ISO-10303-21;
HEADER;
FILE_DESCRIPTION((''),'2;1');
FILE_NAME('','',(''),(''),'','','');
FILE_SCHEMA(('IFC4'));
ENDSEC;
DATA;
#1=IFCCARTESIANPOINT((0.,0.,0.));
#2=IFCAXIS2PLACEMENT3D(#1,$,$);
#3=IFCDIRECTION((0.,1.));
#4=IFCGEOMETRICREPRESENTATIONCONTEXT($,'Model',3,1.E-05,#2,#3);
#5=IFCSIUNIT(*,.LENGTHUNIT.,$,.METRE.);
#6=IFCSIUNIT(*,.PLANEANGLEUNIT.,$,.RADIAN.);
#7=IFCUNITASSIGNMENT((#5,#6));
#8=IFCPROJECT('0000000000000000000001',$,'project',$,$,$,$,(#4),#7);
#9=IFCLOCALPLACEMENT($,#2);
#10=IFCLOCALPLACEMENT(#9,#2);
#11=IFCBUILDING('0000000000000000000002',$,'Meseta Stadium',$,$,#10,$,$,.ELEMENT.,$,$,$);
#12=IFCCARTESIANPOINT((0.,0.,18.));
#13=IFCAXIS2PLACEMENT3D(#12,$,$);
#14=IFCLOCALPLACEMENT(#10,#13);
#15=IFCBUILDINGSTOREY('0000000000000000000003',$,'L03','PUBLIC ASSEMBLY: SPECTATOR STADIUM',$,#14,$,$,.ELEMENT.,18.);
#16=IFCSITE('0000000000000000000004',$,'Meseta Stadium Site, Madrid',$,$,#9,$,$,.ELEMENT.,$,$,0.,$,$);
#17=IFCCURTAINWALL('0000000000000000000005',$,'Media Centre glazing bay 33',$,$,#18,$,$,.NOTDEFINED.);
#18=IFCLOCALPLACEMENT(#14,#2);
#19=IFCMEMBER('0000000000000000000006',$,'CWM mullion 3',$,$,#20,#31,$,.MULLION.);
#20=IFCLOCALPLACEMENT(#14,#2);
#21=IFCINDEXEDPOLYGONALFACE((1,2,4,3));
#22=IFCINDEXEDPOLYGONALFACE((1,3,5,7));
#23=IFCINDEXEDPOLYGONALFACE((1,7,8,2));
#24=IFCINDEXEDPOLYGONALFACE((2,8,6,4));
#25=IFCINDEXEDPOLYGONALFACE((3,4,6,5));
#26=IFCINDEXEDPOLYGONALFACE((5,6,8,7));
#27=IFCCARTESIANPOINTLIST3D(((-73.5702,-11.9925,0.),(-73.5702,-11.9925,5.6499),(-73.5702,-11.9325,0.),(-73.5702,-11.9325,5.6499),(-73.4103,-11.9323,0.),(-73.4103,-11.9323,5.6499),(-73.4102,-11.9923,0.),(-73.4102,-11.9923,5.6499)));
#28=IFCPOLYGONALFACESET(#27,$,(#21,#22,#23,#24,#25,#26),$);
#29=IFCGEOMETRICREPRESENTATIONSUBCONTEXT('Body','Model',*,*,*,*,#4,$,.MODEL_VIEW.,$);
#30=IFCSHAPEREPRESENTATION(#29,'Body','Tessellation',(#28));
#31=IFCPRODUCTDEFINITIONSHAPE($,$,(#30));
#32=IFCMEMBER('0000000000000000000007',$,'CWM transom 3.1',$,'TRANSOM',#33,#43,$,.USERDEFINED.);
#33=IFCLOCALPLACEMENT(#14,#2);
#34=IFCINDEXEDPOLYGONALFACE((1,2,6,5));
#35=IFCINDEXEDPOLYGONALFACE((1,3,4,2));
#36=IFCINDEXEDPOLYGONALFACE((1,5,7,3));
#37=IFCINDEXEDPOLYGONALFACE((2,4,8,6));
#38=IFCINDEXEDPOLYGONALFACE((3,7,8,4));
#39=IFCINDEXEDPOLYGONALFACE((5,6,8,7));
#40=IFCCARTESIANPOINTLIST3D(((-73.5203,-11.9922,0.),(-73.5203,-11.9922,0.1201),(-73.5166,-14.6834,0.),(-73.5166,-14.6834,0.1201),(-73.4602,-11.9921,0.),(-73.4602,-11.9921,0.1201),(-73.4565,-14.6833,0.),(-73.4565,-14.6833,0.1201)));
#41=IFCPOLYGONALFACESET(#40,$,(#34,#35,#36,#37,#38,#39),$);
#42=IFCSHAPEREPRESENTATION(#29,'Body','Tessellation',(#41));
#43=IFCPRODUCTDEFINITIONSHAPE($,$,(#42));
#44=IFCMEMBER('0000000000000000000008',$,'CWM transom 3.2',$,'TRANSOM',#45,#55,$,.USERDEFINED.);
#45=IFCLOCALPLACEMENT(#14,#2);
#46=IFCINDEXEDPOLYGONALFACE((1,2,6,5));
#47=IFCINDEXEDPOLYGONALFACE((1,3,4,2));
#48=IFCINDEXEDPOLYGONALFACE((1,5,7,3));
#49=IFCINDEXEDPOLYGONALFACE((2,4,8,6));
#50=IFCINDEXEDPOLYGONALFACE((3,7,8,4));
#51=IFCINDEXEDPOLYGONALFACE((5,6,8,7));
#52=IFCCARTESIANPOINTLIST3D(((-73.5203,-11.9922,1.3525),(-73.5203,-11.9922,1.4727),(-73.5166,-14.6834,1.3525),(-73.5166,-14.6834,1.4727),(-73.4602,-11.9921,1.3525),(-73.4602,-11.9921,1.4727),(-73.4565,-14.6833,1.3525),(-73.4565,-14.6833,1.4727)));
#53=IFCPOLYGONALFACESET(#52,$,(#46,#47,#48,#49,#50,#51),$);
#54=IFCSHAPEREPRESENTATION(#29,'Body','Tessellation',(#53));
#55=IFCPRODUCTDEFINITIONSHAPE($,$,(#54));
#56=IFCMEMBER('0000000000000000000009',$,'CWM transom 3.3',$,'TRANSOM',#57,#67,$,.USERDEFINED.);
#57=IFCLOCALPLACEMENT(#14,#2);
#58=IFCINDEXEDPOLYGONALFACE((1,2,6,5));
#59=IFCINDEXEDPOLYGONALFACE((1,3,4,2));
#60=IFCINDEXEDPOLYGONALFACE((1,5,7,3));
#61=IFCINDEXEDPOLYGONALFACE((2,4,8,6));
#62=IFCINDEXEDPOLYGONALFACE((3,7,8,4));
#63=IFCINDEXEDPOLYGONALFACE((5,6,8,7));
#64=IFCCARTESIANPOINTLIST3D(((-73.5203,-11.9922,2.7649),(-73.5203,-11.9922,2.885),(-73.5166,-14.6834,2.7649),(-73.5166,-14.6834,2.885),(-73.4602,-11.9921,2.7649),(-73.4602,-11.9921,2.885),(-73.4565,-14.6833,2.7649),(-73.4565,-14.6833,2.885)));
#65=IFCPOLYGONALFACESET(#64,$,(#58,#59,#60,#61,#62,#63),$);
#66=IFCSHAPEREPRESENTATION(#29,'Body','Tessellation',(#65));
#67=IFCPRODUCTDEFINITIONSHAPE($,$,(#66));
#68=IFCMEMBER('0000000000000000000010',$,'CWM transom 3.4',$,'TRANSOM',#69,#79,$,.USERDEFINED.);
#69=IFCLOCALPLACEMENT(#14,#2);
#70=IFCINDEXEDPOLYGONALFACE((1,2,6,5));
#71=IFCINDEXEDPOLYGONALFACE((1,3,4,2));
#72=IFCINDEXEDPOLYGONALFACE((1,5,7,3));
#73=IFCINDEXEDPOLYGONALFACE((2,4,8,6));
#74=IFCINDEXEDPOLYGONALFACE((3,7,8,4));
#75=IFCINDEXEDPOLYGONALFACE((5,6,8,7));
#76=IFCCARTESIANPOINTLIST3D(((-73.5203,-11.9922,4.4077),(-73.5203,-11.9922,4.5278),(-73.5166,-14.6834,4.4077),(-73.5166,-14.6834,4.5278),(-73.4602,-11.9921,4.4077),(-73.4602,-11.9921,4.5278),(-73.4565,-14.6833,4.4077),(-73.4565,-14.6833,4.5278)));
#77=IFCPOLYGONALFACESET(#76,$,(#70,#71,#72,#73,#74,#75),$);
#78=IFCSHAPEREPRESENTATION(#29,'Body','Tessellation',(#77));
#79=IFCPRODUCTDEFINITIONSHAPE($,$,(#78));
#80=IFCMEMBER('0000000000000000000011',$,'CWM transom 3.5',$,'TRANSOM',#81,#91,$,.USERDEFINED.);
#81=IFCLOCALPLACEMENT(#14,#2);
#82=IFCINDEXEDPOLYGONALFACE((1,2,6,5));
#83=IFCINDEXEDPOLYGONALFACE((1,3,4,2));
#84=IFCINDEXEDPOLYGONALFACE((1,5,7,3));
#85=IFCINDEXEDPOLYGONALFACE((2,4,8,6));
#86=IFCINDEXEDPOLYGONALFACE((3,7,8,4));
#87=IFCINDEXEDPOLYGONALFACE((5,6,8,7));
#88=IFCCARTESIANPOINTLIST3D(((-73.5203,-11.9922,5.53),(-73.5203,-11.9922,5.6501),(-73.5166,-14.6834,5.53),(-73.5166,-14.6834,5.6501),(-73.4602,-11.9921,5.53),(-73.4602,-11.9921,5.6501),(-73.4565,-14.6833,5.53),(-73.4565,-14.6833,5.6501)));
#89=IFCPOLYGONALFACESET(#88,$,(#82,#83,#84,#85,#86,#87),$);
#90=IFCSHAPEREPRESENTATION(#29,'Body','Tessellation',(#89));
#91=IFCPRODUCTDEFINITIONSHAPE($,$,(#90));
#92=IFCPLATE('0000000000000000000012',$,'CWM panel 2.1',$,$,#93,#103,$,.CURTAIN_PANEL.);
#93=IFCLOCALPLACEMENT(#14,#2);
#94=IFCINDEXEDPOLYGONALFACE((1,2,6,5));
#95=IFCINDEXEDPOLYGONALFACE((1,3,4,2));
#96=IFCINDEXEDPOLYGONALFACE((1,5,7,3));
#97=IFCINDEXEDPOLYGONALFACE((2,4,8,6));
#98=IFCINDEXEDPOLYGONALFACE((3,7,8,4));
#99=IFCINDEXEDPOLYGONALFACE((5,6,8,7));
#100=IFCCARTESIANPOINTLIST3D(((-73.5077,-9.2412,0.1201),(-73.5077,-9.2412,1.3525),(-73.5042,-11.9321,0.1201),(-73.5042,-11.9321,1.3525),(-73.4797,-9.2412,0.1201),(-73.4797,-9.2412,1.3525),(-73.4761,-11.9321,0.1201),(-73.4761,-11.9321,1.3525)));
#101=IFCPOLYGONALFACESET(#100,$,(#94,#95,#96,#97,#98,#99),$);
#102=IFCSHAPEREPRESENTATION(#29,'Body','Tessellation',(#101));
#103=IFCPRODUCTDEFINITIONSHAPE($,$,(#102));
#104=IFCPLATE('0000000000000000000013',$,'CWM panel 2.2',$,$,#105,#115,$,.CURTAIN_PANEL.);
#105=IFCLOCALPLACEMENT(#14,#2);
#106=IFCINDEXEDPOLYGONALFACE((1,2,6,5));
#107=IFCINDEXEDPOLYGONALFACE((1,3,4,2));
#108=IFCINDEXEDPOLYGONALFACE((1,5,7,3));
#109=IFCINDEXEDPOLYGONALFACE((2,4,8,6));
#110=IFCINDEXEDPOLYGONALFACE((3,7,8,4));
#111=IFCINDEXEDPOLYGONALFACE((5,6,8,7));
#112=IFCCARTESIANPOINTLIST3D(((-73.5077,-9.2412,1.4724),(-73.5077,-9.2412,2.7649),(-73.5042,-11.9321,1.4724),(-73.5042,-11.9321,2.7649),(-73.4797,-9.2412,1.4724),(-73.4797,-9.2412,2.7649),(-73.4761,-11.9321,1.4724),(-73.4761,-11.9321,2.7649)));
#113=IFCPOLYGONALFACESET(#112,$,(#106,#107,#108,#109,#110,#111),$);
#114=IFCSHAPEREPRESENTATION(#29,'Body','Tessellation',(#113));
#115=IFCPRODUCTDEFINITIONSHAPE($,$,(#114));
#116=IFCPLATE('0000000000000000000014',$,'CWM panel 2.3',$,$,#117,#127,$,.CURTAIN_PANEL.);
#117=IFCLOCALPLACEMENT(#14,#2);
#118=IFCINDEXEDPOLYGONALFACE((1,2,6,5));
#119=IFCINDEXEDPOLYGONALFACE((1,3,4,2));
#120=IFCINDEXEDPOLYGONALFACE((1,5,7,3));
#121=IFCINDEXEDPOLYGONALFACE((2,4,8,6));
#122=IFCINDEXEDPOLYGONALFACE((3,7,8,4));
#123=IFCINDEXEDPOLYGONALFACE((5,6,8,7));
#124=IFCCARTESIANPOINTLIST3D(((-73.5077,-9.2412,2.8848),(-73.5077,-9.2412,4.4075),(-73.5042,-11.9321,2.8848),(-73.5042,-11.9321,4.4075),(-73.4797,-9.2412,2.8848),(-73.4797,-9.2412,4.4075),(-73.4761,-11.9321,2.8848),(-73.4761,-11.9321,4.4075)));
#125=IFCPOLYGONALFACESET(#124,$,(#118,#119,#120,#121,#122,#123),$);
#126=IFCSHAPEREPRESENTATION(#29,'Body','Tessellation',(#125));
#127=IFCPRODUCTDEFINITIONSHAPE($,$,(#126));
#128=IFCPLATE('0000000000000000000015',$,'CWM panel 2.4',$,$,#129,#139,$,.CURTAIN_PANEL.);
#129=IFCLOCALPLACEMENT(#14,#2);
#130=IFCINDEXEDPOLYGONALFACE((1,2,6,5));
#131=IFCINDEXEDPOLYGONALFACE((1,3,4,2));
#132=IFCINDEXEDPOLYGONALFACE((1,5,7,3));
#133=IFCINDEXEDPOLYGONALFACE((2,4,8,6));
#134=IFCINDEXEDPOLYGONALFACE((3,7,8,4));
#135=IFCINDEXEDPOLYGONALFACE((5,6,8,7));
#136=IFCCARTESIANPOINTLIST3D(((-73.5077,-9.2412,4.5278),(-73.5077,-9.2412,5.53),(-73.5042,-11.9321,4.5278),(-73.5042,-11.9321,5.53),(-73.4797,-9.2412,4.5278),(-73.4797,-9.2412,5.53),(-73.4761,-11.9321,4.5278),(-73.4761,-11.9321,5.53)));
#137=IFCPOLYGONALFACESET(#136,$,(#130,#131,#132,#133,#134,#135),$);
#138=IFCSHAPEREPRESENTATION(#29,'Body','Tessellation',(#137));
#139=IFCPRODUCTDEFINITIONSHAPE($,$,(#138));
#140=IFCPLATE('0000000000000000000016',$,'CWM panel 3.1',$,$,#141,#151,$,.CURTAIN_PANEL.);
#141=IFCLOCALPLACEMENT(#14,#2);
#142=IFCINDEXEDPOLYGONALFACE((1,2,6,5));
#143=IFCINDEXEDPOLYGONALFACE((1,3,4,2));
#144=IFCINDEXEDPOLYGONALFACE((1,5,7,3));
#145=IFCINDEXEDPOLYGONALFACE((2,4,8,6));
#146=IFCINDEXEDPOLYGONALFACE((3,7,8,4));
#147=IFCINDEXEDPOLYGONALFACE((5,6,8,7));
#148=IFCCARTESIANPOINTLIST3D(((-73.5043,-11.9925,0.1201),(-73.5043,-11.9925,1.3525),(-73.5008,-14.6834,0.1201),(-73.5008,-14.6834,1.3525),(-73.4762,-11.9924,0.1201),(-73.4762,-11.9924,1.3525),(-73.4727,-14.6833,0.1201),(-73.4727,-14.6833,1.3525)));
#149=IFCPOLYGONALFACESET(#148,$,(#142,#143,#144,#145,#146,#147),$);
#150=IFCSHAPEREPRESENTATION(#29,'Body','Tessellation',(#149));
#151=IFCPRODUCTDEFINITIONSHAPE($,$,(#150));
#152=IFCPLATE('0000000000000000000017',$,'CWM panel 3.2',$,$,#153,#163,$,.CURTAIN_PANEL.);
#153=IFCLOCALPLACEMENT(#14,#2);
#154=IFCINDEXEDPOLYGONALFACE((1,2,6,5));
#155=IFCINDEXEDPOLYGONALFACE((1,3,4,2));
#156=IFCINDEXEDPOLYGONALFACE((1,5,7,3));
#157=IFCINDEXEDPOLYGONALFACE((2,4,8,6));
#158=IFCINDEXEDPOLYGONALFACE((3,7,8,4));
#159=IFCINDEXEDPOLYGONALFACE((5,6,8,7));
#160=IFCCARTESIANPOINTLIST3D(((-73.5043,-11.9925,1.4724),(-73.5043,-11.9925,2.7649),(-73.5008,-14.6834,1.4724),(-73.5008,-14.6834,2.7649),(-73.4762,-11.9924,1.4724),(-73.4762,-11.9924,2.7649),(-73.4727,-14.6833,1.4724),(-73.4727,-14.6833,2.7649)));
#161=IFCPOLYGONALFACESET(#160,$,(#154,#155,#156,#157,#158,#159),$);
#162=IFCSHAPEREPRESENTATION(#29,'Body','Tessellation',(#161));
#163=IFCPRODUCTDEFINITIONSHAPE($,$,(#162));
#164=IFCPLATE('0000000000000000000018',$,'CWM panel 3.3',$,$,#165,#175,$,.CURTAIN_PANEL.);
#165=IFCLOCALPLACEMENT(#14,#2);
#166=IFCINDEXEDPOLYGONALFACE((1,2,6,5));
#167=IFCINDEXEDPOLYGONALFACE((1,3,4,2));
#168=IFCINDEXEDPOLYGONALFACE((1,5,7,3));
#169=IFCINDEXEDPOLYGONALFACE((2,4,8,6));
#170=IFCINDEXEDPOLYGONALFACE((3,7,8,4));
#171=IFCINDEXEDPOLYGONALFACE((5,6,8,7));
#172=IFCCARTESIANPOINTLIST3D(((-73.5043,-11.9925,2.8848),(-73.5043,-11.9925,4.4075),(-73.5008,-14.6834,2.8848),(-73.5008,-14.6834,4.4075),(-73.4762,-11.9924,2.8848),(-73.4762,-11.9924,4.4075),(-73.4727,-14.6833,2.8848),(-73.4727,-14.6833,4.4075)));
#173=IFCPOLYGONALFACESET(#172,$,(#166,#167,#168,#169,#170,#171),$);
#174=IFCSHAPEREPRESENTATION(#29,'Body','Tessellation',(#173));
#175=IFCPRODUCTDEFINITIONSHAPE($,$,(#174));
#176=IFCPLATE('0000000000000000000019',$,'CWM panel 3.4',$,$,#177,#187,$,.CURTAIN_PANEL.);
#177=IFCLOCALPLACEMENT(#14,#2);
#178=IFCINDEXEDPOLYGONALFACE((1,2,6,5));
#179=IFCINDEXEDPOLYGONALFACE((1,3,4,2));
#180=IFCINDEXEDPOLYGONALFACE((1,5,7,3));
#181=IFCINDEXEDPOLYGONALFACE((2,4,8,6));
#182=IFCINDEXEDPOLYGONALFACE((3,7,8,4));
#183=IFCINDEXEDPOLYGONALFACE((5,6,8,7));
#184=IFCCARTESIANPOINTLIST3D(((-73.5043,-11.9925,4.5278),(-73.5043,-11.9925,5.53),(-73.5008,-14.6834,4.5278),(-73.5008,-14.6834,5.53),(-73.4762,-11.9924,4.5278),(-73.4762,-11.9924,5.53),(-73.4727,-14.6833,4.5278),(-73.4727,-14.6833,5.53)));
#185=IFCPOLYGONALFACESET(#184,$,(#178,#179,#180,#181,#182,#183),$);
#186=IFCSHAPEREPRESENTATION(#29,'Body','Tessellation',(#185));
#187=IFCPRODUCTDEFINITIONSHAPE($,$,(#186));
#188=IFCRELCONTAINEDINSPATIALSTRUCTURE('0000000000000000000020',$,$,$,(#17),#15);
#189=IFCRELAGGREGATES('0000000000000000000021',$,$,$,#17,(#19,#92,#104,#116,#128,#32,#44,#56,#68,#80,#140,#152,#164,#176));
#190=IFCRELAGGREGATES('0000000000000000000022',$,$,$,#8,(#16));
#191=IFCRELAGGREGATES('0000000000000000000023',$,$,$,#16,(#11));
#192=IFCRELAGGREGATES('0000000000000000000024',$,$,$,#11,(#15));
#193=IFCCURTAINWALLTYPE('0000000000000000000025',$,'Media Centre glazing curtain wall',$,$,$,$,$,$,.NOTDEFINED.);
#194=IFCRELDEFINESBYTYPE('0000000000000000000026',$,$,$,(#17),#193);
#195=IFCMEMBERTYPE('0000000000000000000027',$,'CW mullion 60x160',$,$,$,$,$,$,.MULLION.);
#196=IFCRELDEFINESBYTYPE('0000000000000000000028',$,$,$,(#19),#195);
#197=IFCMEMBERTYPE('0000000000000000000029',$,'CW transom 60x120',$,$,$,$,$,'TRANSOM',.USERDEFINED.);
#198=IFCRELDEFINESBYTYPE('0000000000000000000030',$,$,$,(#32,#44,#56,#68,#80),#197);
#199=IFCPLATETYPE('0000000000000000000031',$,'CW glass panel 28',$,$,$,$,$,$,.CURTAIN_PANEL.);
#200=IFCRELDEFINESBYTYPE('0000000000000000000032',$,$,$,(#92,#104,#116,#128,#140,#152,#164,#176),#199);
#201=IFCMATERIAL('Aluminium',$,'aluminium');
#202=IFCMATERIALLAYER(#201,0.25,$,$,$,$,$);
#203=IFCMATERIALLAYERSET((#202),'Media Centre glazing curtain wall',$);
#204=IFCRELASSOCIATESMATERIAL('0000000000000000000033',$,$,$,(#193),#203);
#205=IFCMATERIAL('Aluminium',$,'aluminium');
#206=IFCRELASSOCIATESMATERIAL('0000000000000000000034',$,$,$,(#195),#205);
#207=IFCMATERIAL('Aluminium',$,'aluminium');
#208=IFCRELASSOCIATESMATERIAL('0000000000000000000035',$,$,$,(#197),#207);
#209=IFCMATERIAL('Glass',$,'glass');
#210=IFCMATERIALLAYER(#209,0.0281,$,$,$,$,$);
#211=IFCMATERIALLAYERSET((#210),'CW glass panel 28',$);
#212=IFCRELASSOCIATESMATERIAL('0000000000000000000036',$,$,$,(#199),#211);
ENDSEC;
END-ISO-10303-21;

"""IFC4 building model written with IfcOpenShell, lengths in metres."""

from ifc_helpers import new_model, si_unit, direction, frame, origin, origin_2d, place, context, subcontext, project, spatial, rectangle, extrude, material, layer, layer_set, material_profile, profile_set, type_object, element, aggregate, save


model = new_model("IFC4")

# Units and contexts
model_context = context("Model", 3, precision=1e-05, world=origin(), true_north=direction((0.0, 1.0)))
body_context = subcontext(model_context, "Body", "Model", "MODEL_VIEW")
ifc_project = project(units=[si_unit("LENGTHUNIT", "METRE"), si_unit("PLANEANGLEUNIT", "RADIAN")], contexts=[model_context])

# Site, building, storey
site_placement = place(None, origin())
site = spatial("IfcSite", under=ifc_project, at=site_placement, Name="Meseta Stadium Site, Madrid", CompositionType="ELEMENT", RefElevation=0.0)
building_placement = place(site_placement, origin())
building = spatial("IfcBuilding", under=site, at=building_placement, Name="Meseta Stadium", CompositionType="ELEMENT")
storey_placement = place(building_placement, frame((0.0, 0.0, 18.0)))
storey = spatial("IfcBuildingStorey", under=building, at=storey_placement, Name="L03", Description="PUBLIC ASSEMBLY: SPECTATOR STADIUM", CompositionType="ELEMENT", Elevation=18.0)

# Curtain wall, members, plates
ifc_material_1 = material(Name="Aluminium", Category="aluminium")
ifc_layer_1 = layer(ifc_material_1, 0.25)
ifc_layer_set_1 = layer_set([ifc_layer_1], Name="Media Centre glazing curtain wall")
curtain_wall_type = type_object("IfcCurtainWallType", Name="Media Centre glazing curtain wall", PredefinedType="NOTDEFINED", material=ifc_layer_set_1)
curtain_wall_placement = place(storey_placement, origin())
curtain_wall = element("IfcCurtainWall", 1, at=curtain_wall_placement, inside=storey, type_object=curtain_wall_type, Name="Media Centre glazing bay 33", PredefinedType="NOTDEFINED")
ifc_material_2 = material(Name="Aluminium", Category="aluminium")
ifc_material_profile_1 = material_profile(ifc_material_2, rectangle(XDim=0.1599, YDim=0.0601, at=origin_2d()), Name="CW 160x60")
ifc_profile_set_1 = profile_set([ifc_material_profile_1], Name="Aluminium")
member_type_1 = type_object("IfcMemberType", Name="CW mullion 60x160", PredefinedType="MULLION", material=ifc_profile_set_1)
member_1_placement = place(storey_placement, frame((-73.4902, -11.9624, 0.0), z_axis=(0.0, 0.0, 1.0), x_axis=(0.999999, 0.001305, 0.0)))
member_1 = element("IfcMember", 2, at=member_1_placement, type_object=member_type_1, Name="CWM mullion 3", PredefinedType="MULLION", context=body_context, shape_type="SweptSolid", body=[
    extrude(rectangle(XDim=0.1599, YDim=0.0601, at=origin_2d()), origin(), (0.0, 0.0, 1.0), 5.6499),
])
ifc_material_3 = material(Name="Aluminium", Category="aluminium")
ifc_material_profile_2 = material_profile(ifc_material_3, rectangle(XDim=0.0601, YDim=0.1201, at=origin_2d()), Name="CW 60x120")
ifc_profile_set_2 = profile_set([ifc_material_profile_2], Name="Aluminium")
member_type_2 = type_object("IfcMemberType", Name="CW transom 60x120", ElementType="TRANSOM", PredefinedType="USERDEFINED", material=ifc_profile_set_2)
member_2_placement = place(storey_placement, frame((-73.4902, -11.9922, 0.0601), z_axis=(0.001361, -0.999999, 0.0), x_axis=(0.999999, 0.001361, 0.0)))
member_2 = element("IfcMember", 3, at=member_2_placement, type_object=member_type_2, Name="CWM transom 3.1", ObjectType="TRANSOM", PredefinedType="USERDEFINED", context=body_context, shape_type="SweptSolid", body=[
    extrude(rectangle(XDim=0.0601, YDim=0.1201, at=origin_2d()), origin(), (0.0, 0.0, 1.0), 2.6912),
])
member_3_placement = place(storey_placement, frame((-73.4902, -11.9922, 1.4126), z_axis=(0.001361, -0.999999, 0.0), x_axis=(0.999999, 0.001361, 0.0)))
member_3 = element("IfcMember", 4, at=member_3_placement, type_object=member_type_2, Name="CWM transom 3.2", ObjectType="TRANSOM", PredefinedType="USERDEFINED", context=body_context, shape_type="SweptSolid", body=[
    extrude(rectangle(XDim=0.0601, YDim=0.1201, at=origin_2d()), origin(), (0.0, 0.0, 1.0), 2.6912),
])
member_4_placement = place(storey_placement, frame((-73.4902, -11.9922, 2.825), z_axis=(0.001361, -0.999999, 0.0), x_axis=(0.999999, 0.001361, 0.0)))
member_4 = element("IfcMember", 5, at=member_4_placement, type_object=member_type_2, Name="CWM transom 3.3", ObjectType="TRANSOM", PredefinedType="USERDEFINED", context=body_context, shape_type="SweptSolid", body=[
    extrude(rectangle(XDim=0.0601, YDim=0.1201, at=origin_2d()), origin(), (0.0, 0.0, 1.0), 2.6912),
])
member_5_placement = place(storey_placement, frame((-73.4902, -11.9922, 4.4678), z_axis=(0.001361, -0.999999, 0.0), x_axis=(0.999999, 0.001361, 0.0)))
member_5 = element("IfcMember", 6, at=member_5_placement, type_object=member_type_2, Name="CWM transom 3.4", ObjectType="TRANSOM", PredefinedType="USERDEFINED", context=body_context, shape_type="SweptSolid", body=[
    extrude(rectangle(XDim=0.0601, YDim=0.1201, at=origin_2d()), origin(), (0.0, 0.0, 1.0), 2.6912),
])
member_6_placement = place(storey_placement, frame((-73.4902, -11.9922, 5.5901), z_axis=(0.001361, -0.999999, 0.0), x_axis=(0.999999, 0.001361, 0.0)))
member_6 = element("IfcMember", 7, at=member_6_placement, type_object=member_type_2, Name="CWM transom 3.5", ObjectType="TRANSOM", PredefinedType="USERDEFINED", context=body_context, shape_type="SweptSolid", body=[
    extrude(rectangle(XDim=0.0601, YDim=0.1201, at=origin_2d()), origin(), (0.0, 0.0, 1.0), 2.6912),
])
ifc_material_4 = material(Name="Glass", Category="glass")
ifc_layer_2 = layer(ifc_material_4, 0.0281)
ifc_layer_set_2 = layer_set([ifc_layer_2], Name="CW glass panel 28")
plate_type = type_object("IfcPlateType", Name="CW glass panel 28", PredefinedType="CURTAIN_PANEL", material=ifc_layer_set_2)
plate_1_placement = place(storey_placement, frame((-73.4919, -10.5867, 0.1201), z_axis=(0.0, 0.0, 1.0), x_axis=(0.001305, -0.999999, 0.0)))
plate_1 = element("IfcPlate", 8, at=plate_1_placement, type_object=plate_type, Name="CWM panel 2.1", PredefinedType="CURTAIN_PANEL", context=body_context, shape_type="SweptSolid", body=[
    extrude(rectangle(XDim=2.6909, YDim=0.0281, at=origin_2d()), origin(), (0.0, 0.0, 1.0), 1.2324),
])
plate_2_placement = place(storey_placement, frame((-73.4919, -10.5867, 1.4724), z_axis=(0.0, 0.0, 1.0), x_axis=(0.001305, -0.999999, 0.0)))
plate_2 = element("IfcPlate", 9, at=plate_2_placement, type_object=plate_type, Name="CWM panel 2.2", PredefinedType="CURTAIN_PANEL", context=body_context, shape_type="SweptSolid", body=[
    extrude(rectangle(XDim=2.6909, YDim=0.0281, at=origin_2d()), origin(), (0.0, 0.0, 1.0), 1.2925),
])
plate_3_placement = place(storey_placement, frame((-73.4919, -10.5867, 2.8848), z_axis=(0.0, 0.0, 1.0), x_axis=(0.001305, -0.999999, 0.0)))
plate_3 = element("IfcPlate", 10, at=plate_3_placement, type_object=plate_type, Name="CWM panel 2.3", PredefinedType="CURTAIN_PANEL", context=body_context, shape_type="SweptSolid", body=[
    extrude(rectangle(XDim=2.6909, YDim=0.0281, at=origin_2d()), origin(), (0.0, 0.0, 1.0), 1.5227),
])
plate_4_placement = place(storey_placement, frame((-73.4919, -10.5867, 4.5278), z_axis=(0.0, 0.0, 1.0), x_axis=(0.001305, -0.999999, 0.0)))
plate_4 = element("IfcPlate", 11, at=plate_4_placement, type_object=plate_type, Name="CWM panel 2.4", PredefinedType="CURTAIN_PANEL", context=body_context, shape_type="SweptSolid", body=[
    extrude(rectangle(XDim=2.6909, YDim=0.0281, at=origin_2d()), origin(), (0.0, 0.0, 1.0), 1.0022),
])
plate_5_placement = place(storey_placement, frame((-73.4885, -13.3379, 0.1201), z_axis=(0.0, 0.0, 1.0), x_axis=(0.001305, -0.999999, 0.0)))
plate_5 = element("IfcPlate", 12, at=plate_5_placement, type_object=plate_type, Name="CWM panel 3.1", PredefinedType="CURTAIN_PANEL", context=body_context, shape_type="SweptSolid", body=[
    extrude(rectangle(XDim=2.6909, YDim=0.0281, at=origin_2d()), origin(), (0.0, 0.0, 1.0), 1.2324),
])
plate_6_placement = place(storey_placement, frame((-73.4885, -13.3379, 1.4724), z_axis=(0.0, 0.0, 1.0), x_axis=(0.001305, -0.999999, 0.0)))
plate_6 = element("IfcPlate", 13, at=plate_6_placement, type_object=plate_type, Name="CWM panel 3.2", PredefinedType="CURTAIN_PANEL", context=body_context, shape_type="SweptSolid", body=[
    extrude(rectangle(XDim=2.6909, YDim=0.0281, at=origin_2d()), origin(), (0.0, 0.0, 1.0), 1.2925),
])
plate_7_placement = place(storey_placement, frame((-73.4885, -13.3379, 2.8848), z_axis=(0.0, 0.0, 1.0), x_axis=(0.001305, -0.999999, 0.0)))
plate_7 = element("IfcPlate", 14, at=plate_7_placement, type_object=plate_type, Name="CWM panel 3.3", PredefinedType="CURTAIN_PANEL", context=body_context, shape_type="SweptSolid", body=[
    extrude(rectangle(XDim=2.6909, YDim=0.0281, at=origin_2d()), origin(), (0.0, 0.0, 1.0), 1.5227),
])
plate_8_placement = place(storey_placement, frame((-73.4885, -13.3379, 4.5278), z_axis=(0.0, 0.0, 1.0), x_axis=(0.001305, -0.999999, 0.0)))
plate_8 = element("IfcPlate", 15, at=plate_8_placement, type_object=plate_type, Name="CWM panel 3.4", PredefinedType="CURTAIN_PANEL", context=body_context, shape_type="SweptSolid", body=[
    extrude(rectangle(XDim=2.6909, YDim=0.0281, at=origin_2d()), origin(), (0.0, 0.0, 1.0), 1.0022),
])
aggregate(curtain_wall, [member_1, plate_1, plate_2, plate_3, plate_4, member_2, member_3, member_4, member_5, member_6, plate_5, plate_6, plate_7, plate_8])

save(model, "model.ifc")
